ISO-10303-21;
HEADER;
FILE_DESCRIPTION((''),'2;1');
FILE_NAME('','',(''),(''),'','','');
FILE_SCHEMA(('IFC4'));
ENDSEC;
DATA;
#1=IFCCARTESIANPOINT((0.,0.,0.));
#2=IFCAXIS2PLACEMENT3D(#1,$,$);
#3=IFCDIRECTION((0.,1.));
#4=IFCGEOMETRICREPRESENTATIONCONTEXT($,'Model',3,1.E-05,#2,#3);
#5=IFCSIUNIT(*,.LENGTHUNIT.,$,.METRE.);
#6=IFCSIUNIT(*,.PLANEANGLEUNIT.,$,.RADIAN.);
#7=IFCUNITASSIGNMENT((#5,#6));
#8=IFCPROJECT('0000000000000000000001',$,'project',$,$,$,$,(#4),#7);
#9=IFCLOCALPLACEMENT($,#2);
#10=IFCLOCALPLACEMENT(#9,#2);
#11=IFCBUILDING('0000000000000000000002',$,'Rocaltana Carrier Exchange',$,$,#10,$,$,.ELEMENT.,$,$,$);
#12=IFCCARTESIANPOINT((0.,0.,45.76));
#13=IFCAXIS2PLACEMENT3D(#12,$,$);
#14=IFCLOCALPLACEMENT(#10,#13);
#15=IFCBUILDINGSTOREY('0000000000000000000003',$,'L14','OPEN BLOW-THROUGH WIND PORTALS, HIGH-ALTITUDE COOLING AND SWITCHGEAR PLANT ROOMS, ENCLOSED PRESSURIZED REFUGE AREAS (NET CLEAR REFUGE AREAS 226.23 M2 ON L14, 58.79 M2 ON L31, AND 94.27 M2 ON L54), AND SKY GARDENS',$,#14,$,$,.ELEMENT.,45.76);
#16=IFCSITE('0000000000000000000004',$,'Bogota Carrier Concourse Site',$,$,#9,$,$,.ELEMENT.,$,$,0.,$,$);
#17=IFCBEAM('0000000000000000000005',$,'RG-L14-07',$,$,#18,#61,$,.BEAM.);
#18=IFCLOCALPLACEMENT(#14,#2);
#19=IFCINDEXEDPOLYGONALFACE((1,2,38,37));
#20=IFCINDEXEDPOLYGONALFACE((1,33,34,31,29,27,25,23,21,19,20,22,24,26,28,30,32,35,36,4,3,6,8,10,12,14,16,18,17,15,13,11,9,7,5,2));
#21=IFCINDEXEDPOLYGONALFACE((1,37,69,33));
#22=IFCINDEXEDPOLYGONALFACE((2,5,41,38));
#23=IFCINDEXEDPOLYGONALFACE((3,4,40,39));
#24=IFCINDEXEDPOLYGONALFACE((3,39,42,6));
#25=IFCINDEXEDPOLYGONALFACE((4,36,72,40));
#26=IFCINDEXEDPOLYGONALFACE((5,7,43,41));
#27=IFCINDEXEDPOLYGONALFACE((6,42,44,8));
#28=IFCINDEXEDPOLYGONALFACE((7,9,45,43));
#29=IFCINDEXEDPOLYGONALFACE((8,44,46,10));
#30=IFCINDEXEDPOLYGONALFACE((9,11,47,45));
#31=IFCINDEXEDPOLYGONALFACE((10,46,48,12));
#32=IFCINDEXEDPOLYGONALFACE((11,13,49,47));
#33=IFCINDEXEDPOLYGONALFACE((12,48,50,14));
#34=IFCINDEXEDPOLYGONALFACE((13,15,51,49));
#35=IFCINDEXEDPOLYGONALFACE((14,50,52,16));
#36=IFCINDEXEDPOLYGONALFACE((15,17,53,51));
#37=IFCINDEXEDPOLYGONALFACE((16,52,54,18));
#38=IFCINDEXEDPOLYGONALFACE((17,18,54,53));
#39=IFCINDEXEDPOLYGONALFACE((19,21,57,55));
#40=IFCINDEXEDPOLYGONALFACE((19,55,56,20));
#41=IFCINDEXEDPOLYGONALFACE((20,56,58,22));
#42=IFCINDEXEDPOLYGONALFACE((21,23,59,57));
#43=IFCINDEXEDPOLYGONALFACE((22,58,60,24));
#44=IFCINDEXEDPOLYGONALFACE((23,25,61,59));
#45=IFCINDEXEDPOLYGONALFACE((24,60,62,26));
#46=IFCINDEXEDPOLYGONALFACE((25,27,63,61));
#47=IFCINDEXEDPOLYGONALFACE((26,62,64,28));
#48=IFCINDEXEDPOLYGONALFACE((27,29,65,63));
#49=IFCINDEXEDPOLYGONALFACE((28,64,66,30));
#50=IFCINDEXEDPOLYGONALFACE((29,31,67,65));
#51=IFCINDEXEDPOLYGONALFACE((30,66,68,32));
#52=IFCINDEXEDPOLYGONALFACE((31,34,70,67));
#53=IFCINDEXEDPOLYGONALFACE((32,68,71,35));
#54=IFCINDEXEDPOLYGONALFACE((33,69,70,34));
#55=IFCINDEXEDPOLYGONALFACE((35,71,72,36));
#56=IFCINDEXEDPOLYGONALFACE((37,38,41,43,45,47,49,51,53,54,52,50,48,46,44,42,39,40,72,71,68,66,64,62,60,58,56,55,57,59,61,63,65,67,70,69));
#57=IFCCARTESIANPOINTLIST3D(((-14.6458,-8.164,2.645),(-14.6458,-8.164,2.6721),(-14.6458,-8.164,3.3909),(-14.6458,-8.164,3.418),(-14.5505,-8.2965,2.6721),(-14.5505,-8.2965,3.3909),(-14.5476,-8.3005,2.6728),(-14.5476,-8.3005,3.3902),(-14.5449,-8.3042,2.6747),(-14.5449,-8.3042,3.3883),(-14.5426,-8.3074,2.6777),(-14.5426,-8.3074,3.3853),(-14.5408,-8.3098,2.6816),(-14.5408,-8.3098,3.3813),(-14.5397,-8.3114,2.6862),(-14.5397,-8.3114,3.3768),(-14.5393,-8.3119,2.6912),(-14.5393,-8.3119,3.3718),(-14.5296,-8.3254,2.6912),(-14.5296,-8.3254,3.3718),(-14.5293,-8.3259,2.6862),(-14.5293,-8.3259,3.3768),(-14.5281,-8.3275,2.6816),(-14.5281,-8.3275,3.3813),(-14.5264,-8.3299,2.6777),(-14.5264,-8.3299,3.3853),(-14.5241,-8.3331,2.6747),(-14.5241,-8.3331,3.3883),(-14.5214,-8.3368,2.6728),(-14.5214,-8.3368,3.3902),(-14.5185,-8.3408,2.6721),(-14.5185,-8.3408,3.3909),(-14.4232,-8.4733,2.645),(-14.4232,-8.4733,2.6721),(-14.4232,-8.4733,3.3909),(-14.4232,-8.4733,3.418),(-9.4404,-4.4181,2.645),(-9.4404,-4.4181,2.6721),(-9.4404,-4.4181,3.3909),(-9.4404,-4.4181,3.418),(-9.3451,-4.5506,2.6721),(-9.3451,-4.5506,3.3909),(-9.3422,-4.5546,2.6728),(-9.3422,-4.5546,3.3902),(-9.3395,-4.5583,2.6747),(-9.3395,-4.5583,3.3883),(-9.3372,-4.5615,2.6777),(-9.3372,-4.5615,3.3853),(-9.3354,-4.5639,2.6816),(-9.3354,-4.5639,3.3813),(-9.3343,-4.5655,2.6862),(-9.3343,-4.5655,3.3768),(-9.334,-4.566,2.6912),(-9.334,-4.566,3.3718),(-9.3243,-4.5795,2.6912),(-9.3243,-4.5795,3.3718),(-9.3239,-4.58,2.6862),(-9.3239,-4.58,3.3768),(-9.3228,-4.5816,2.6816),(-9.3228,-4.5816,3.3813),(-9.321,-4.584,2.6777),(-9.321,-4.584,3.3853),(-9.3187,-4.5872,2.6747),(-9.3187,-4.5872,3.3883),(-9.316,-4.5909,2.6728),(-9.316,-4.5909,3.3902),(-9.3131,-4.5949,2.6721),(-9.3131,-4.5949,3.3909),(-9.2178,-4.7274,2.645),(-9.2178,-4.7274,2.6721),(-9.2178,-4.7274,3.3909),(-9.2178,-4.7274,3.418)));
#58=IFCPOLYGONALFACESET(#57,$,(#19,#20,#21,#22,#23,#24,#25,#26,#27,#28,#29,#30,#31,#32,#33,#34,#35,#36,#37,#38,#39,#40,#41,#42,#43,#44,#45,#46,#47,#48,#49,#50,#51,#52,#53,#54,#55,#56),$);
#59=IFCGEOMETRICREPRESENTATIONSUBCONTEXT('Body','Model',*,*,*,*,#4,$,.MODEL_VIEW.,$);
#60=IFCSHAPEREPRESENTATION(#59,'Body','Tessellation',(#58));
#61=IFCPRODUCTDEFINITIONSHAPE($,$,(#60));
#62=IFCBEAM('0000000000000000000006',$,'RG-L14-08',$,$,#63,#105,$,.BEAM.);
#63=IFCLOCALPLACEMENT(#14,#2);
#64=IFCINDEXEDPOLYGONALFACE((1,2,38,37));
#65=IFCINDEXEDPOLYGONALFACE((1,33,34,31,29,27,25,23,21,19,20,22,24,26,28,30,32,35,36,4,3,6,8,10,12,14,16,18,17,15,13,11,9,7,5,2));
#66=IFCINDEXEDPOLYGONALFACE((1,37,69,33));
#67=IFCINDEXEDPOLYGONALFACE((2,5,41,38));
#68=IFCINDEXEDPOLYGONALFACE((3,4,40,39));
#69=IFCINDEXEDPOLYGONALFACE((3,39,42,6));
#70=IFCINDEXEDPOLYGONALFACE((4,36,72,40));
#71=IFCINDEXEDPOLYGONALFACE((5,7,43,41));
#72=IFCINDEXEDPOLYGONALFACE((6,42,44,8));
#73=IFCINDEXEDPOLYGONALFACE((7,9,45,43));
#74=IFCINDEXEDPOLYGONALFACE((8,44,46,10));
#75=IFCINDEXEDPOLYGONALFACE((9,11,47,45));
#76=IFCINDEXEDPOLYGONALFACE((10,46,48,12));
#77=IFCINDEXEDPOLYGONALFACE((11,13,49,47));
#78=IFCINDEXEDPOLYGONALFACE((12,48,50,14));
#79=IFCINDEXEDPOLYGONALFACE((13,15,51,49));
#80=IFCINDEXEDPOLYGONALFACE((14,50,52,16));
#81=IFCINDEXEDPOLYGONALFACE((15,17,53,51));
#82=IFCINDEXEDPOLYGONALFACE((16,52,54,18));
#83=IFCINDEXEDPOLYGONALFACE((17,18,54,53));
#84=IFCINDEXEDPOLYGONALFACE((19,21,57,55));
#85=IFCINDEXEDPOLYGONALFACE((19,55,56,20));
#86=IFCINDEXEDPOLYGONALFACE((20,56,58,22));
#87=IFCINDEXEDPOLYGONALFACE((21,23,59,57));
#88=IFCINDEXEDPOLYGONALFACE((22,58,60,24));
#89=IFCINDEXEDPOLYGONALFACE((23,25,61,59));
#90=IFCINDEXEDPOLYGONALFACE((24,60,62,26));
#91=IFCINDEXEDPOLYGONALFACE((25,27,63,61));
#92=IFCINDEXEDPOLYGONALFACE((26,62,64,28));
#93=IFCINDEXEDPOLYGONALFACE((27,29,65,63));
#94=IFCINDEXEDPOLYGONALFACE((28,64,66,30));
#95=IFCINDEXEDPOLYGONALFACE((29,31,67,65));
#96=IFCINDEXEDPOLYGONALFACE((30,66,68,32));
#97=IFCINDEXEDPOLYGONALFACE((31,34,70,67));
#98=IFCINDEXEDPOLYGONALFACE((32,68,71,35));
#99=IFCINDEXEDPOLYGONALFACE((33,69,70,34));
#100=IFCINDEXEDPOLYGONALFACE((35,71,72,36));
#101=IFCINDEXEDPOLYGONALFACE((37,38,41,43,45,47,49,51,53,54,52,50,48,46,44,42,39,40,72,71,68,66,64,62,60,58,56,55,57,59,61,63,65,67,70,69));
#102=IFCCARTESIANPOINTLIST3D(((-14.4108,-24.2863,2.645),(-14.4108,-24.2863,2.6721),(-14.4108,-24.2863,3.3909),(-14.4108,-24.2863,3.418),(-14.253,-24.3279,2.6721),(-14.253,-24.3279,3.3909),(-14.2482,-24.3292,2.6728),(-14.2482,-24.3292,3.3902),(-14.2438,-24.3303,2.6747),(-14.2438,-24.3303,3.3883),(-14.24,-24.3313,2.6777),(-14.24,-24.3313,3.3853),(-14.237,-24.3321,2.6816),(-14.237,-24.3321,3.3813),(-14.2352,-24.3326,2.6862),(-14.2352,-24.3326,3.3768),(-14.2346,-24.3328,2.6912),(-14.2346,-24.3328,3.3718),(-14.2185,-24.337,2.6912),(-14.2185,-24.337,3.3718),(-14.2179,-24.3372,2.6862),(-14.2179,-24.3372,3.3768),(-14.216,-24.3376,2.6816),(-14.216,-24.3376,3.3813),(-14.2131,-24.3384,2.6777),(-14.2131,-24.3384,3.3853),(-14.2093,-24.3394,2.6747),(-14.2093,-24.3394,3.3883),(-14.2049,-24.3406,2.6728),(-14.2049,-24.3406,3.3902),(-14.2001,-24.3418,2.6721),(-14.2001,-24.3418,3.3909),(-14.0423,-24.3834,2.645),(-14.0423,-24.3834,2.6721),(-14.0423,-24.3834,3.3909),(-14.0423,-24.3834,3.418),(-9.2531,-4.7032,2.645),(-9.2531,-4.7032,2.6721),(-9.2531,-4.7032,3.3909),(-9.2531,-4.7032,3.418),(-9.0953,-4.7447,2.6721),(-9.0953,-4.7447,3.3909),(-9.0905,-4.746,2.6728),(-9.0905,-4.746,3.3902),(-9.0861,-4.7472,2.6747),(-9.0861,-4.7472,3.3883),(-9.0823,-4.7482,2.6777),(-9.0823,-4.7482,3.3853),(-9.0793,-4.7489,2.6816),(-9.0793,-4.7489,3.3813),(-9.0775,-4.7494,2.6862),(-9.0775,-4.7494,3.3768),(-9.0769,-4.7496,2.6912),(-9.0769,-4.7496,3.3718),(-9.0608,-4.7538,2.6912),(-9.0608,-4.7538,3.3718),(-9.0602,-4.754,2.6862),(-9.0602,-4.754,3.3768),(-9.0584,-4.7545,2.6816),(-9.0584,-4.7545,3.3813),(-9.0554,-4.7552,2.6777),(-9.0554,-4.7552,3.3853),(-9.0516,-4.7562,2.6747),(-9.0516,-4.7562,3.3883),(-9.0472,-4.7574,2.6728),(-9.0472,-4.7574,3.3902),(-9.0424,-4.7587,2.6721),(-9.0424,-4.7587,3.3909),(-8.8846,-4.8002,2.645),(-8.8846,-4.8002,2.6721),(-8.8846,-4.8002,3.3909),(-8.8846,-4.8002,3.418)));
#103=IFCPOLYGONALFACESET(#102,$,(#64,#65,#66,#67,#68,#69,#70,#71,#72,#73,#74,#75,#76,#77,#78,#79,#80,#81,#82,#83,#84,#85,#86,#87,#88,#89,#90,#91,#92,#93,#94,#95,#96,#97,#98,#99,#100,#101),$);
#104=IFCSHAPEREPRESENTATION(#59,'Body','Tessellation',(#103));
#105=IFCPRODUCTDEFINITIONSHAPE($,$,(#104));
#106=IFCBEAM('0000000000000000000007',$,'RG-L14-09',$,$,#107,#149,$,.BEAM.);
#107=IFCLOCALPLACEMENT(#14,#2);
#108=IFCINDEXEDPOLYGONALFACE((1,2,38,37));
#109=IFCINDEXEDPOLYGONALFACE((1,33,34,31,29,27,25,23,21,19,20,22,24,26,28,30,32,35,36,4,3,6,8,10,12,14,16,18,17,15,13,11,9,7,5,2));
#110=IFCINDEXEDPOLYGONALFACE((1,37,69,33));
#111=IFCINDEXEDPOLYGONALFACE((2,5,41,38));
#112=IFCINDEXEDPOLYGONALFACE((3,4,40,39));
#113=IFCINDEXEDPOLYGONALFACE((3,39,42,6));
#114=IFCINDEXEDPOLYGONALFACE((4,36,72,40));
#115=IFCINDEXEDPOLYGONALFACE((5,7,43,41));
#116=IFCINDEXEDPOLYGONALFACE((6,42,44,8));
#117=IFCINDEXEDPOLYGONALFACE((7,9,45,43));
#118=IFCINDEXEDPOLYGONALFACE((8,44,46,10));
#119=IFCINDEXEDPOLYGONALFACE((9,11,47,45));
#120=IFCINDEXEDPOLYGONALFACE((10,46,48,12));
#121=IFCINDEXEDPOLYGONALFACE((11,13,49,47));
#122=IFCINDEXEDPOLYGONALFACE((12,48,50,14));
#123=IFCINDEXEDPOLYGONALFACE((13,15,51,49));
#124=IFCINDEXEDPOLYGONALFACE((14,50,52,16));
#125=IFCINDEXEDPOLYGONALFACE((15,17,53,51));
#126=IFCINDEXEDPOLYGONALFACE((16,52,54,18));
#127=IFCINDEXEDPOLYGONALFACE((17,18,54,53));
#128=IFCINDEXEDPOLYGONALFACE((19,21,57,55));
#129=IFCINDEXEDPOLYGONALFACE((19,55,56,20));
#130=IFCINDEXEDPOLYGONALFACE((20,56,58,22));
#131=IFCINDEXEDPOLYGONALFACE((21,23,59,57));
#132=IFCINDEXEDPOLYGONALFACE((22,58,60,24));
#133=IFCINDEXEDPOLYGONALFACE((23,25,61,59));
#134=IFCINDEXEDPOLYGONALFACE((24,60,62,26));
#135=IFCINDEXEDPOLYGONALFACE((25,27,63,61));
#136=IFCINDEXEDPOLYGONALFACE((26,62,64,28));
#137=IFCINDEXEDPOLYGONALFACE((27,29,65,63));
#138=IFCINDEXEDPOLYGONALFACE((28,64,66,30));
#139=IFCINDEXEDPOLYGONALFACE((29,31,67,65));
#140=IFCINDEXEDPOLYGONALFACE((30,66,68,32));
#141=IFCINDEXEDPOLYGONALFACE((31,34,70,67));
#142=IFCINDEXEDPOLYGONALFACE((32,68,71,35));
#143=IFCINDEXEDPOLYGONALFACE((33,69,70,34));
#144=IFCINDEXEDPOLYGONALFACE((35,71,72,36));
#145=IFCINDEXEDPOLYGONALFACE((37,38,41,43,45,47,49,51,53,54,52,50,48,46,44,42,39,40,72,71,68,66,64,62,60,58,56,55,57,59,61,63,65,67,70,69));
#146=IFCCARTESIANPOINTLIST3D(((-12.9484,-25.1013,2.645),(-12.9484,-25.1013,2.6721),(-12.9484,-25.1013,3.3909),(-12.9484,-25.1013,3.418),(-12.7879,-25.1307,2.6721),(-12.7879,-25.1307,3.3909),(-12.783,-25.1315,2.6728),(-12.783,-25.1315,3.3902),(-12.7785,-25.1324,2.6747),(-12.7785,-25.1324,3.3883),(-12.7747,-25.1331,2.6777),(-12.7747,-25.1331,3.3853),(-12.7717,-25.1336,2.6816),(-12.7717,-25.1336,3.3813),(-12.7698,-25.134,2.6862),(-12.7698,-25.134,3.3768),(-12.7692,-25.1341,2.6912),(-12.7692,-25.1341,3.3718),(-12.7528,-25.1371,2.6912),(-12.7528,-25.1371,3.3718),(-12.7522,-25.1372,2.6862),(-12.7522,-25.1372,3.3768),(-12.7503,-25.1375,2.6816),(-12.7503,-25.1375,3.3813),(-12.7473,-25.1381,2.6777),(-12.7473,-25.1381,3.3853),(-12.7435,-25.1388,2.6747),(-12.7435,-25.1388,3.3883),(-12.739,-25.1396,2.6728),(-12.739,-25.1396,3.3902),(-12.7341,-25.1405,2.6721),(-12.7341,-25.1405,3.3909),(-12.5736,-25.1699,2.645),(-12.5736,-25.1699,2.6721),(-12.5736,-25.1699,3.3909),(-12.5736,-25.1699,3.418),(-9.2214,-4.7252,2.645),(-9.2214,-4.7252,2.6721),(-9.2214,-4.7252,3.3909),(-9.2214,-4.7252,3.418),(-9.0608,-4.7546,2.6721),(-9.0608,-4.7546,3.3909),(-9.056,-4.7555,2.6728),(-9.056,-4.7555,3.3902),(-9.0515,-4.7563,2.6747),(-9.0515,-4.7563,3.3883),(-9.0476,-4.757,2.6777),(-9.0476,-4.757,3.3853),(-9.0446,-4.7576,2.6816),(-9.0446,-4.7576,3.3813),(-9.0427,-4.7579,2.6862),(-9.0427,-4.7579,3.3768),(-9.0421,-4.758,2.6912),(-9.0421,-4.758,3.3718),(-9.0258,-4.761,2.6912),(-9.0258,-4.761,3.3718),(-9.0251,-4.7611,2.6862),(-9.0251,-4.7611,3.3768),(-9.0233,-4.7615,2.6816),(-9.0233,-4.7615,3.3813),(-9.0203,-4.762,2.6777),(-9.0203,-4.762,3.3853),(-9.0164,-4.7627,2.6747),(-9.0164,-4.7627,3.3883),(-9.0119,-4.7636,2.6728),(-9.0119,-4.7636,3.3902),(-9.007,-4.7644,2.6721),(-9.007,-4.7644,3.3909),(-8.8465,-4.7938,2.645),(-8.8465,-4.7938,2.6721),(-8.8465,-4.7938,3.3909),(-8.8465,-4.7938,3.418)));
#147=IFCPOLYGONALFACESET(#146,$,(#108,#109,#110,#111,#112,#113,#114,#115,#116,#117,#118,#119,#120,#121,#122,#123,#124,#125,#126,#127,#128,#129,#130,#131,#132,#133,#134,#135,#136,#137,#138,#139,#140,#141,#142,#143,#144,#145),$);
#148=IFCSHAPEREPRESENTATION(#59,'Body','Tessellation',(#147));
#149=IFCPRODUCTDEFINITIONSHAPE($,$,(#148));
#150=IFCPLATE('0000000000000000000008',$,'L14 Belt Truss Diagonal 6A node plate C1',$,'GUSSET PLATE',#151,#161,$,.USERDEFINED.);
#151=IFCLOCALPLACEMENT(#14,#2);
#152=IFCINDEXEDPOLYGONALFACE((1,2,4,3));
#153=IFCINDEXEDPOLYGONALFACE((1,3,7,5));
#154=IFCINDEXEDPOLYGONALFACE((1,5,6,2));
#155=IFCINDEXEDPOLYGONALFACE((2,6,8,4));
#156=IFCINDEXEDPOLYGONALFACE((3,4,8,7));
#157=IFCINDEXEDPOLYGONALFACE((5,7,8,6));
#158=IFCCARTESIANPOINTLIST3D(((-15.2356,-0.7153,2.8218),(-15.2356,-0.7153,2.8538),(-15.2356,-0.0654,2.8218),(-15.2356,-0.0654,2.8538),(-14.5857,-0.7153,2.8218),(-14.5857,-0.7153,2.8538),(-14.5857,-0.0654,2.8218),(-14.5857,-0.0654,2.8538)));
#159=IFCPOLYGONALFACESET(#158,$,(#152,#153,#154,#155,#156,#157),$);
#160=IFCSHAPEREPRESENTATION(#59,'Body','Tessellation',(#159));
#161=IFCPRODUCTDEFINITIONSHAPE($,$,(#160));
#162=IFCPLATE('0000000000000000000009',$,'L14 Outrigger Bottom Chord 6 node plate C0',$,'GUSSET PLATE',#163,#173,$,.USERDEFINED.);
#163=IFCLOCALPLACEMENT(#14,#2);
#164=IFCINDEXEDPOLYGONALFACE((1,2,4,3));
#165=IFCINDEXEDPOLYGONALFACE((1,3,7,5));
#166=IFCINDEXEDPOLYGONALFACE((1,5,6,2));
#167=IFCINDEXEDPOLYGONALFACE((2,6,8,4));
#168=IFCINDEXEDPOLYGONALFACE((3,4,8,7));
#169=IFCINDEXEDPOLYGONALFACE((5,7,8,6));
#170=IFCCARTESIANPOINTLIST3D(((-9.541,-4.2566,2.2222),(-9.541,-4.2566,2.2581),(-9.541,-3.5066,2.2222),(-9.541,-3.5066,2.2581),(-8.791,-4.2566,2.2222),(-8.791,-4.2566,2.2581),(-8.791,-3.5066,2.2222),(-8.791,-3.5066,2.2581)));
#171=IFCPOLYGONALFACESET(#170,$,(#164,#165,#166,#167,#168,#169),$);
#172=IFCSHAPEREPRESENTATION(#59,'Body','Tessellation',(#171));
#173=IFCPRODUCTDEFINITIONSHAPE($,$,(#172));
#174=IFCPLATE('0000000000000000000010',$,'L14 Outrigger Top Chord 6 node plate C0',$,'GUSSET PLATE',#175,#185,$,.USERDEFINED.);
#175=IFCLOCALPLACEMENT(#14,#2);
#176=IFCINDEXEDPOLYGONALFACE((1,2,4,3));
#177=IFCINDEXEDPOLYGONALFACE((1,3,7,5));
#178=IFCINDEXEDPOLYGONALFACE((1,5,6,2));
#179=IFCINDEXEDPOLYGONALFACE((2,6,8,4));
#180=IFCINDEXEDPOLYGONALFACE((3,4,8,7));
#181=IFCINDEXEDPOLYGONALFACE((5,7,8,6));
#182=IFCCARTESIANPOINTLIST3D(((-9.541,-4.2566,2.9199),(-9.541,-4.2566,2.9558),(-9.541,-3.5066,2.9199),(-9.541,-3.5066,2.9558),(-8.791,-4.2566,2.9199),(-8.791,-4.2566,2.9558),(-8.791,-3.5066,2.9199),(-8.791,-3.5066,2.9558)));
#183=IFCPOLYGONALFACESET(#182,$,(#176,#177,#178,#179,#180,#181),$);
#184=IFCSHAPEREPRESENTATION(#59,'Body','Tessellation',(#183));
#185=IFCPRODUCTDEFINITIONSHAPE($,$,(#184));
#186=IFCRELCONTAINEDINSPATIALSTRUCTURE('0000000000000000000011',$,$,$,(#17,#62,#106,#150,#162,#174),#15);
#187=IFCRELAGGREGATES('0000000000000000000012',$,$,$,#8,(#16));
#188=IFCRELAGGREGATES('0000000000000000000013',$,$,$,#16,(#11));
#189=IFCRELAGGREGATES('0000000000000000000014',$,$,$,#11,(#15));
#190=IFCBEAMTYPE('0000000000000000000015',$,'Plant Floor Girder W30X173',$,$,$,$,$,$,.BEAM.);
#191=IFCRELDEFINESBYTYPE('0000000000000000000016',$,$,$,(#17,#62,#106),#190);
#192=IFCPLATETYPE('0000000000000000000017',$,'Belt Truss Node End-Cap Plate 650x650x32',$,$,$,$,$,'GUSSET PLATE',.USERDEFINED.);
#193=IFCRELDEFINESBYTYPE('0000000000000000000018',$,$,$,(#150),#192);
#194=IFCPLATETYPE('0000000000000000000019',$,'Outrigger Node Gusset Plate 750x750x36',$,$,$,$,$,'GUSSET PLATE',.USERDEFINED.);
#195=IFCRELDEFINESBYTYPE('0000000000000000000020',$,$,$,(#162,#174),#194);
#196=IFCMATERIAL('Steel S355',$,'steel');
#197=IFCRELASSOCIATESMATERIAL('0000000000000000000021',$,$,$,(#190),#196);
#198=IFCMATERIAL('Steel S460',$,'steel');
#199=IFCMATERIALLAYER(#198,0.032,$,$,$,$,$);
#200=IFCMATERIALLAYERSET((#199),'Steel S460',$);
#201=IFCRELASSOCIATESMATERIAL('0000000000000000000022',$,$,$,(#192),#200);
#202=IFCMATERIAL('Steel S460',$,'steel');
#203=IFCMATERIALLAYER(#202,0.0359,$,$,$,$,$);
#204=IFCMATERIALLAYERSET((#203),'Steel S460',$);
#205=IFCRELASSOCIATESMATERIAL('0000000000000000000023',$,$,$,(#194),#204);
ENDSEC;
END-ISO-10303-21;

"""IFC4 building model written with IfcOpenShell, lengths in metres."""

from ifc_helpers import new_model, si_unit, direction, frame, origin, origin_2d, place, context, subcontext, project, spatial, rectangle, i_section, extrude, material, layer, layer_set, material_profile, profile_set, type_object, element, save


model = new_model("IFC4")

# Units and contexts
model_context = context("Model", 3, precision=1e-05, world=origin(), true_north=direction((0.0, 1.0)))
body_context = subcontext(model_context, "Body", "Model", "MODEL_VIEW")
ifc_project = project(units=[si_unit("LENGTHUNIT", "METRE"), si_unit("PLANEANGLEUNIT", "RADIAN")], contexts=[model_context])

# Site, building, storey
site_placement = place(None, origin())
site = spatial("IfcSite", under=ifc_project, at=site_placement, Name="Bogota Carrier Concourse Site", CompositionType="ELEMENT", RefElevation=0.0)
building_placement = place(site_placement, origin())
building = spatial("IfcBuilding", under=site, at=building_placement, Name="Rocaltana Carrier Exchange", CompositionType="ELEMENT")
storey_placement = place(building_placement, frame((0.0, 0.0, 45.76)))
storey = spatial("IfcBuildingStorey", under=building, at=storey_placement, Name="L14", Description="OPEN BLOW-THROUGH WIND PORTALS, HIGH-ALTITUDE COOLING AND SWITCHGEAR PLANT ROOMS, ENCLOSED PRESSURIZED REFUGE AREAS (NET CLEAR REFUGE AREAS 226.23 M2 ON L14, 58.79 M2 ON L31, AND 94.27 M2 ON L54), AND SKY GARDENS", CompositionType="ELEMENT", Elevation=45.76)

# Beams
ifc_material_1 = material(Name="Steel S355", Category="steel")
ifc_material_profile_1 = material_profile(ifc_material_1, i_section(OverallWidth=0.3811, OverallDepth=0.7729, WebThickness=0.0166, FlangeThickness=0.0271, FilletRadius=0.019, at=origin_2d()), Name="W30X173")
ifc_profile_set_1 = profile_set([ifc_material_profile_1], Name="Steel S355")
beam_type_1 = type_object("IfcBeamType", Name="Plant Floor Girder W30X173", PredefinedType="BEAM", material=ifc_profile_set_1)
beam_1_placement = place(storey_placement, frame((-9.3291, -4.5728, 3.0315), z_axis=(-0.811681, -0.584101, 0.0), x_axis=(0.584101, -0.811681, 0.0)))
element("IfcBeam", 1, at=beam_1_placement, inside=storey, type_object=beam_type_1, Name="RG-L14-07", PredefinedType="BEAM", context=body_context, shape_type="SweptSolid", body=[
    extrude(i_section(OverallWidth=0.3811, OverallDepth=0.7729, WebThickness=0.0166, FlangeThickness=0.0271, FilletRadius=0.019, at=origin_2d()), origin(), (0.0, 0.0, 1.0), 6.4131),
])
beam_2_placement = place(storey_placement, frame((-9.0688, -4.7517, 3.0315), z_axis=(-0.254689, -0.967023, 0.0), x_axis=(0.967023, -0.254689, 0.0)))
element("IfcBeam", 2, at=beam_2_placement, inside=storey, type_object=beam_type_1, Name="RG-L14-08", PredefinedType="BEAM", context=body_context, shape_type="SweptSolid", body=[
    extrude(i_section(OverallWidth=0.3811, OverallDepth=0.7729, WebThickness=0.0166, FlangeThickness=0.0271, FilletRadius=0.019, at=origin_2d()), origin(), (0.0, 0.0, 1.0), 20.251),
])
beam_3_placement = place(storey_placement, frame((-9.0339, -4.7595, 3.0315), z_axis=(-0.179929, -0.98368, 0.0), x_axis=(0.98368, -0.179929, 0.0)))
element("IfcBeam", 3, at=beam_3_placement, inside=storey, type_object=beam_type_1, Name="RG-L14-09", PredefinedType="BEAM", context=body_context, shape_type="SweptSolid", body=[
    extrude(i_section(OverallWidth=0.3811, OverallDepth=0.7729, WebThickness=0.0166, FlangeThickness=0.0271, FilletRadius=0.019, at=origin_2d()), origin(), (0.0, 0.0, 1.0), 20.7141),
])

# Plates
ifc_material_2 = material(Name="Steel S460", Category="steel")
ifc_layer_1 = layer(ifc_material_2, 0.032)
ifc_layer_set_1 = layer_set([ifc_layer_1], Name="Steel S460")
plate_type_1 = type_object("IfcPlateType", Name="Belt Truss Node End-Cap Plate 650x650x32", ElementType="GUSSET PLATE", PredefinedType="USERDEFINED", material=ifc_layer_set_1)
plate_placement = place(storey_placement, frame((-14.9106, -0.3904, 2.8218), z_axis=(0.0, 0.0, 1.0), x_axis=(1.0, 0.0, 0.0)))
element("IfcPlate", 4, at=plate_placement, inside=storey, type_object=plate_type_1, Name="L14 Belt Truss Diagonal 6A node plate C1", ObjectType="GUSSET PLATE", PredefinedType="USERDEFINED", context=body_context, shape_type="SweptSolid", body=[
    extrude(rectangle(XDim=0.6499, YDim=0.6499, at=origin_2d()), origin(), (0.0, 0.0, 1.0), 0.032),
])
ifc_material_3 = material(Name="Steel S460", Category="steel")
ifc_layer_2 = layer(ifc_material_3, 0.0359)
ifc_layer_set_2 = layer_set([ifc_layer_2], Name="Steel S460")
plate_type_2 = type_object("IfcPlateType", Name="Outrigger Node Gusset Plate 750x750x36", ElementType="GUSSET PLATE", PredefinedType="USERDEFINED", material=ifc_layer_set_2)
for number, where, z_axis, x_axis, name in (
    (5, (-9.166, -3.8816, 2.2222), (0.0, 0.0, 1.0), (1.0, 0.0, 0.0), "L14 Outrigger Bottom Chord 6 node plate C0"),
    (6, (-9.166, -3.8816, 2.9199), (0.0, 0.0, 1.0), (1.0, 0.0, 0.0), "L14 Outrigger Top Chord 6 node plate C0"),
):
    element("IfcPlate", number, at=place(storey_placement, frame(where, z_axis=z_axis, x_axis=x_axis)), inside=storey, type_object=plate_type_2, Name=name, ObjectType="GUSSET PLATE", PredefinedType="USERDEFINED", context=body_context, shape_type="SweptSolid", body=[
        extrude(rectangle(XDim=0.75, YDim=0.75, at=origin_2d()), origin(), (0.0, 0.0, 1.0), 0.0359),
    ])

save(model, "model.ifc")
